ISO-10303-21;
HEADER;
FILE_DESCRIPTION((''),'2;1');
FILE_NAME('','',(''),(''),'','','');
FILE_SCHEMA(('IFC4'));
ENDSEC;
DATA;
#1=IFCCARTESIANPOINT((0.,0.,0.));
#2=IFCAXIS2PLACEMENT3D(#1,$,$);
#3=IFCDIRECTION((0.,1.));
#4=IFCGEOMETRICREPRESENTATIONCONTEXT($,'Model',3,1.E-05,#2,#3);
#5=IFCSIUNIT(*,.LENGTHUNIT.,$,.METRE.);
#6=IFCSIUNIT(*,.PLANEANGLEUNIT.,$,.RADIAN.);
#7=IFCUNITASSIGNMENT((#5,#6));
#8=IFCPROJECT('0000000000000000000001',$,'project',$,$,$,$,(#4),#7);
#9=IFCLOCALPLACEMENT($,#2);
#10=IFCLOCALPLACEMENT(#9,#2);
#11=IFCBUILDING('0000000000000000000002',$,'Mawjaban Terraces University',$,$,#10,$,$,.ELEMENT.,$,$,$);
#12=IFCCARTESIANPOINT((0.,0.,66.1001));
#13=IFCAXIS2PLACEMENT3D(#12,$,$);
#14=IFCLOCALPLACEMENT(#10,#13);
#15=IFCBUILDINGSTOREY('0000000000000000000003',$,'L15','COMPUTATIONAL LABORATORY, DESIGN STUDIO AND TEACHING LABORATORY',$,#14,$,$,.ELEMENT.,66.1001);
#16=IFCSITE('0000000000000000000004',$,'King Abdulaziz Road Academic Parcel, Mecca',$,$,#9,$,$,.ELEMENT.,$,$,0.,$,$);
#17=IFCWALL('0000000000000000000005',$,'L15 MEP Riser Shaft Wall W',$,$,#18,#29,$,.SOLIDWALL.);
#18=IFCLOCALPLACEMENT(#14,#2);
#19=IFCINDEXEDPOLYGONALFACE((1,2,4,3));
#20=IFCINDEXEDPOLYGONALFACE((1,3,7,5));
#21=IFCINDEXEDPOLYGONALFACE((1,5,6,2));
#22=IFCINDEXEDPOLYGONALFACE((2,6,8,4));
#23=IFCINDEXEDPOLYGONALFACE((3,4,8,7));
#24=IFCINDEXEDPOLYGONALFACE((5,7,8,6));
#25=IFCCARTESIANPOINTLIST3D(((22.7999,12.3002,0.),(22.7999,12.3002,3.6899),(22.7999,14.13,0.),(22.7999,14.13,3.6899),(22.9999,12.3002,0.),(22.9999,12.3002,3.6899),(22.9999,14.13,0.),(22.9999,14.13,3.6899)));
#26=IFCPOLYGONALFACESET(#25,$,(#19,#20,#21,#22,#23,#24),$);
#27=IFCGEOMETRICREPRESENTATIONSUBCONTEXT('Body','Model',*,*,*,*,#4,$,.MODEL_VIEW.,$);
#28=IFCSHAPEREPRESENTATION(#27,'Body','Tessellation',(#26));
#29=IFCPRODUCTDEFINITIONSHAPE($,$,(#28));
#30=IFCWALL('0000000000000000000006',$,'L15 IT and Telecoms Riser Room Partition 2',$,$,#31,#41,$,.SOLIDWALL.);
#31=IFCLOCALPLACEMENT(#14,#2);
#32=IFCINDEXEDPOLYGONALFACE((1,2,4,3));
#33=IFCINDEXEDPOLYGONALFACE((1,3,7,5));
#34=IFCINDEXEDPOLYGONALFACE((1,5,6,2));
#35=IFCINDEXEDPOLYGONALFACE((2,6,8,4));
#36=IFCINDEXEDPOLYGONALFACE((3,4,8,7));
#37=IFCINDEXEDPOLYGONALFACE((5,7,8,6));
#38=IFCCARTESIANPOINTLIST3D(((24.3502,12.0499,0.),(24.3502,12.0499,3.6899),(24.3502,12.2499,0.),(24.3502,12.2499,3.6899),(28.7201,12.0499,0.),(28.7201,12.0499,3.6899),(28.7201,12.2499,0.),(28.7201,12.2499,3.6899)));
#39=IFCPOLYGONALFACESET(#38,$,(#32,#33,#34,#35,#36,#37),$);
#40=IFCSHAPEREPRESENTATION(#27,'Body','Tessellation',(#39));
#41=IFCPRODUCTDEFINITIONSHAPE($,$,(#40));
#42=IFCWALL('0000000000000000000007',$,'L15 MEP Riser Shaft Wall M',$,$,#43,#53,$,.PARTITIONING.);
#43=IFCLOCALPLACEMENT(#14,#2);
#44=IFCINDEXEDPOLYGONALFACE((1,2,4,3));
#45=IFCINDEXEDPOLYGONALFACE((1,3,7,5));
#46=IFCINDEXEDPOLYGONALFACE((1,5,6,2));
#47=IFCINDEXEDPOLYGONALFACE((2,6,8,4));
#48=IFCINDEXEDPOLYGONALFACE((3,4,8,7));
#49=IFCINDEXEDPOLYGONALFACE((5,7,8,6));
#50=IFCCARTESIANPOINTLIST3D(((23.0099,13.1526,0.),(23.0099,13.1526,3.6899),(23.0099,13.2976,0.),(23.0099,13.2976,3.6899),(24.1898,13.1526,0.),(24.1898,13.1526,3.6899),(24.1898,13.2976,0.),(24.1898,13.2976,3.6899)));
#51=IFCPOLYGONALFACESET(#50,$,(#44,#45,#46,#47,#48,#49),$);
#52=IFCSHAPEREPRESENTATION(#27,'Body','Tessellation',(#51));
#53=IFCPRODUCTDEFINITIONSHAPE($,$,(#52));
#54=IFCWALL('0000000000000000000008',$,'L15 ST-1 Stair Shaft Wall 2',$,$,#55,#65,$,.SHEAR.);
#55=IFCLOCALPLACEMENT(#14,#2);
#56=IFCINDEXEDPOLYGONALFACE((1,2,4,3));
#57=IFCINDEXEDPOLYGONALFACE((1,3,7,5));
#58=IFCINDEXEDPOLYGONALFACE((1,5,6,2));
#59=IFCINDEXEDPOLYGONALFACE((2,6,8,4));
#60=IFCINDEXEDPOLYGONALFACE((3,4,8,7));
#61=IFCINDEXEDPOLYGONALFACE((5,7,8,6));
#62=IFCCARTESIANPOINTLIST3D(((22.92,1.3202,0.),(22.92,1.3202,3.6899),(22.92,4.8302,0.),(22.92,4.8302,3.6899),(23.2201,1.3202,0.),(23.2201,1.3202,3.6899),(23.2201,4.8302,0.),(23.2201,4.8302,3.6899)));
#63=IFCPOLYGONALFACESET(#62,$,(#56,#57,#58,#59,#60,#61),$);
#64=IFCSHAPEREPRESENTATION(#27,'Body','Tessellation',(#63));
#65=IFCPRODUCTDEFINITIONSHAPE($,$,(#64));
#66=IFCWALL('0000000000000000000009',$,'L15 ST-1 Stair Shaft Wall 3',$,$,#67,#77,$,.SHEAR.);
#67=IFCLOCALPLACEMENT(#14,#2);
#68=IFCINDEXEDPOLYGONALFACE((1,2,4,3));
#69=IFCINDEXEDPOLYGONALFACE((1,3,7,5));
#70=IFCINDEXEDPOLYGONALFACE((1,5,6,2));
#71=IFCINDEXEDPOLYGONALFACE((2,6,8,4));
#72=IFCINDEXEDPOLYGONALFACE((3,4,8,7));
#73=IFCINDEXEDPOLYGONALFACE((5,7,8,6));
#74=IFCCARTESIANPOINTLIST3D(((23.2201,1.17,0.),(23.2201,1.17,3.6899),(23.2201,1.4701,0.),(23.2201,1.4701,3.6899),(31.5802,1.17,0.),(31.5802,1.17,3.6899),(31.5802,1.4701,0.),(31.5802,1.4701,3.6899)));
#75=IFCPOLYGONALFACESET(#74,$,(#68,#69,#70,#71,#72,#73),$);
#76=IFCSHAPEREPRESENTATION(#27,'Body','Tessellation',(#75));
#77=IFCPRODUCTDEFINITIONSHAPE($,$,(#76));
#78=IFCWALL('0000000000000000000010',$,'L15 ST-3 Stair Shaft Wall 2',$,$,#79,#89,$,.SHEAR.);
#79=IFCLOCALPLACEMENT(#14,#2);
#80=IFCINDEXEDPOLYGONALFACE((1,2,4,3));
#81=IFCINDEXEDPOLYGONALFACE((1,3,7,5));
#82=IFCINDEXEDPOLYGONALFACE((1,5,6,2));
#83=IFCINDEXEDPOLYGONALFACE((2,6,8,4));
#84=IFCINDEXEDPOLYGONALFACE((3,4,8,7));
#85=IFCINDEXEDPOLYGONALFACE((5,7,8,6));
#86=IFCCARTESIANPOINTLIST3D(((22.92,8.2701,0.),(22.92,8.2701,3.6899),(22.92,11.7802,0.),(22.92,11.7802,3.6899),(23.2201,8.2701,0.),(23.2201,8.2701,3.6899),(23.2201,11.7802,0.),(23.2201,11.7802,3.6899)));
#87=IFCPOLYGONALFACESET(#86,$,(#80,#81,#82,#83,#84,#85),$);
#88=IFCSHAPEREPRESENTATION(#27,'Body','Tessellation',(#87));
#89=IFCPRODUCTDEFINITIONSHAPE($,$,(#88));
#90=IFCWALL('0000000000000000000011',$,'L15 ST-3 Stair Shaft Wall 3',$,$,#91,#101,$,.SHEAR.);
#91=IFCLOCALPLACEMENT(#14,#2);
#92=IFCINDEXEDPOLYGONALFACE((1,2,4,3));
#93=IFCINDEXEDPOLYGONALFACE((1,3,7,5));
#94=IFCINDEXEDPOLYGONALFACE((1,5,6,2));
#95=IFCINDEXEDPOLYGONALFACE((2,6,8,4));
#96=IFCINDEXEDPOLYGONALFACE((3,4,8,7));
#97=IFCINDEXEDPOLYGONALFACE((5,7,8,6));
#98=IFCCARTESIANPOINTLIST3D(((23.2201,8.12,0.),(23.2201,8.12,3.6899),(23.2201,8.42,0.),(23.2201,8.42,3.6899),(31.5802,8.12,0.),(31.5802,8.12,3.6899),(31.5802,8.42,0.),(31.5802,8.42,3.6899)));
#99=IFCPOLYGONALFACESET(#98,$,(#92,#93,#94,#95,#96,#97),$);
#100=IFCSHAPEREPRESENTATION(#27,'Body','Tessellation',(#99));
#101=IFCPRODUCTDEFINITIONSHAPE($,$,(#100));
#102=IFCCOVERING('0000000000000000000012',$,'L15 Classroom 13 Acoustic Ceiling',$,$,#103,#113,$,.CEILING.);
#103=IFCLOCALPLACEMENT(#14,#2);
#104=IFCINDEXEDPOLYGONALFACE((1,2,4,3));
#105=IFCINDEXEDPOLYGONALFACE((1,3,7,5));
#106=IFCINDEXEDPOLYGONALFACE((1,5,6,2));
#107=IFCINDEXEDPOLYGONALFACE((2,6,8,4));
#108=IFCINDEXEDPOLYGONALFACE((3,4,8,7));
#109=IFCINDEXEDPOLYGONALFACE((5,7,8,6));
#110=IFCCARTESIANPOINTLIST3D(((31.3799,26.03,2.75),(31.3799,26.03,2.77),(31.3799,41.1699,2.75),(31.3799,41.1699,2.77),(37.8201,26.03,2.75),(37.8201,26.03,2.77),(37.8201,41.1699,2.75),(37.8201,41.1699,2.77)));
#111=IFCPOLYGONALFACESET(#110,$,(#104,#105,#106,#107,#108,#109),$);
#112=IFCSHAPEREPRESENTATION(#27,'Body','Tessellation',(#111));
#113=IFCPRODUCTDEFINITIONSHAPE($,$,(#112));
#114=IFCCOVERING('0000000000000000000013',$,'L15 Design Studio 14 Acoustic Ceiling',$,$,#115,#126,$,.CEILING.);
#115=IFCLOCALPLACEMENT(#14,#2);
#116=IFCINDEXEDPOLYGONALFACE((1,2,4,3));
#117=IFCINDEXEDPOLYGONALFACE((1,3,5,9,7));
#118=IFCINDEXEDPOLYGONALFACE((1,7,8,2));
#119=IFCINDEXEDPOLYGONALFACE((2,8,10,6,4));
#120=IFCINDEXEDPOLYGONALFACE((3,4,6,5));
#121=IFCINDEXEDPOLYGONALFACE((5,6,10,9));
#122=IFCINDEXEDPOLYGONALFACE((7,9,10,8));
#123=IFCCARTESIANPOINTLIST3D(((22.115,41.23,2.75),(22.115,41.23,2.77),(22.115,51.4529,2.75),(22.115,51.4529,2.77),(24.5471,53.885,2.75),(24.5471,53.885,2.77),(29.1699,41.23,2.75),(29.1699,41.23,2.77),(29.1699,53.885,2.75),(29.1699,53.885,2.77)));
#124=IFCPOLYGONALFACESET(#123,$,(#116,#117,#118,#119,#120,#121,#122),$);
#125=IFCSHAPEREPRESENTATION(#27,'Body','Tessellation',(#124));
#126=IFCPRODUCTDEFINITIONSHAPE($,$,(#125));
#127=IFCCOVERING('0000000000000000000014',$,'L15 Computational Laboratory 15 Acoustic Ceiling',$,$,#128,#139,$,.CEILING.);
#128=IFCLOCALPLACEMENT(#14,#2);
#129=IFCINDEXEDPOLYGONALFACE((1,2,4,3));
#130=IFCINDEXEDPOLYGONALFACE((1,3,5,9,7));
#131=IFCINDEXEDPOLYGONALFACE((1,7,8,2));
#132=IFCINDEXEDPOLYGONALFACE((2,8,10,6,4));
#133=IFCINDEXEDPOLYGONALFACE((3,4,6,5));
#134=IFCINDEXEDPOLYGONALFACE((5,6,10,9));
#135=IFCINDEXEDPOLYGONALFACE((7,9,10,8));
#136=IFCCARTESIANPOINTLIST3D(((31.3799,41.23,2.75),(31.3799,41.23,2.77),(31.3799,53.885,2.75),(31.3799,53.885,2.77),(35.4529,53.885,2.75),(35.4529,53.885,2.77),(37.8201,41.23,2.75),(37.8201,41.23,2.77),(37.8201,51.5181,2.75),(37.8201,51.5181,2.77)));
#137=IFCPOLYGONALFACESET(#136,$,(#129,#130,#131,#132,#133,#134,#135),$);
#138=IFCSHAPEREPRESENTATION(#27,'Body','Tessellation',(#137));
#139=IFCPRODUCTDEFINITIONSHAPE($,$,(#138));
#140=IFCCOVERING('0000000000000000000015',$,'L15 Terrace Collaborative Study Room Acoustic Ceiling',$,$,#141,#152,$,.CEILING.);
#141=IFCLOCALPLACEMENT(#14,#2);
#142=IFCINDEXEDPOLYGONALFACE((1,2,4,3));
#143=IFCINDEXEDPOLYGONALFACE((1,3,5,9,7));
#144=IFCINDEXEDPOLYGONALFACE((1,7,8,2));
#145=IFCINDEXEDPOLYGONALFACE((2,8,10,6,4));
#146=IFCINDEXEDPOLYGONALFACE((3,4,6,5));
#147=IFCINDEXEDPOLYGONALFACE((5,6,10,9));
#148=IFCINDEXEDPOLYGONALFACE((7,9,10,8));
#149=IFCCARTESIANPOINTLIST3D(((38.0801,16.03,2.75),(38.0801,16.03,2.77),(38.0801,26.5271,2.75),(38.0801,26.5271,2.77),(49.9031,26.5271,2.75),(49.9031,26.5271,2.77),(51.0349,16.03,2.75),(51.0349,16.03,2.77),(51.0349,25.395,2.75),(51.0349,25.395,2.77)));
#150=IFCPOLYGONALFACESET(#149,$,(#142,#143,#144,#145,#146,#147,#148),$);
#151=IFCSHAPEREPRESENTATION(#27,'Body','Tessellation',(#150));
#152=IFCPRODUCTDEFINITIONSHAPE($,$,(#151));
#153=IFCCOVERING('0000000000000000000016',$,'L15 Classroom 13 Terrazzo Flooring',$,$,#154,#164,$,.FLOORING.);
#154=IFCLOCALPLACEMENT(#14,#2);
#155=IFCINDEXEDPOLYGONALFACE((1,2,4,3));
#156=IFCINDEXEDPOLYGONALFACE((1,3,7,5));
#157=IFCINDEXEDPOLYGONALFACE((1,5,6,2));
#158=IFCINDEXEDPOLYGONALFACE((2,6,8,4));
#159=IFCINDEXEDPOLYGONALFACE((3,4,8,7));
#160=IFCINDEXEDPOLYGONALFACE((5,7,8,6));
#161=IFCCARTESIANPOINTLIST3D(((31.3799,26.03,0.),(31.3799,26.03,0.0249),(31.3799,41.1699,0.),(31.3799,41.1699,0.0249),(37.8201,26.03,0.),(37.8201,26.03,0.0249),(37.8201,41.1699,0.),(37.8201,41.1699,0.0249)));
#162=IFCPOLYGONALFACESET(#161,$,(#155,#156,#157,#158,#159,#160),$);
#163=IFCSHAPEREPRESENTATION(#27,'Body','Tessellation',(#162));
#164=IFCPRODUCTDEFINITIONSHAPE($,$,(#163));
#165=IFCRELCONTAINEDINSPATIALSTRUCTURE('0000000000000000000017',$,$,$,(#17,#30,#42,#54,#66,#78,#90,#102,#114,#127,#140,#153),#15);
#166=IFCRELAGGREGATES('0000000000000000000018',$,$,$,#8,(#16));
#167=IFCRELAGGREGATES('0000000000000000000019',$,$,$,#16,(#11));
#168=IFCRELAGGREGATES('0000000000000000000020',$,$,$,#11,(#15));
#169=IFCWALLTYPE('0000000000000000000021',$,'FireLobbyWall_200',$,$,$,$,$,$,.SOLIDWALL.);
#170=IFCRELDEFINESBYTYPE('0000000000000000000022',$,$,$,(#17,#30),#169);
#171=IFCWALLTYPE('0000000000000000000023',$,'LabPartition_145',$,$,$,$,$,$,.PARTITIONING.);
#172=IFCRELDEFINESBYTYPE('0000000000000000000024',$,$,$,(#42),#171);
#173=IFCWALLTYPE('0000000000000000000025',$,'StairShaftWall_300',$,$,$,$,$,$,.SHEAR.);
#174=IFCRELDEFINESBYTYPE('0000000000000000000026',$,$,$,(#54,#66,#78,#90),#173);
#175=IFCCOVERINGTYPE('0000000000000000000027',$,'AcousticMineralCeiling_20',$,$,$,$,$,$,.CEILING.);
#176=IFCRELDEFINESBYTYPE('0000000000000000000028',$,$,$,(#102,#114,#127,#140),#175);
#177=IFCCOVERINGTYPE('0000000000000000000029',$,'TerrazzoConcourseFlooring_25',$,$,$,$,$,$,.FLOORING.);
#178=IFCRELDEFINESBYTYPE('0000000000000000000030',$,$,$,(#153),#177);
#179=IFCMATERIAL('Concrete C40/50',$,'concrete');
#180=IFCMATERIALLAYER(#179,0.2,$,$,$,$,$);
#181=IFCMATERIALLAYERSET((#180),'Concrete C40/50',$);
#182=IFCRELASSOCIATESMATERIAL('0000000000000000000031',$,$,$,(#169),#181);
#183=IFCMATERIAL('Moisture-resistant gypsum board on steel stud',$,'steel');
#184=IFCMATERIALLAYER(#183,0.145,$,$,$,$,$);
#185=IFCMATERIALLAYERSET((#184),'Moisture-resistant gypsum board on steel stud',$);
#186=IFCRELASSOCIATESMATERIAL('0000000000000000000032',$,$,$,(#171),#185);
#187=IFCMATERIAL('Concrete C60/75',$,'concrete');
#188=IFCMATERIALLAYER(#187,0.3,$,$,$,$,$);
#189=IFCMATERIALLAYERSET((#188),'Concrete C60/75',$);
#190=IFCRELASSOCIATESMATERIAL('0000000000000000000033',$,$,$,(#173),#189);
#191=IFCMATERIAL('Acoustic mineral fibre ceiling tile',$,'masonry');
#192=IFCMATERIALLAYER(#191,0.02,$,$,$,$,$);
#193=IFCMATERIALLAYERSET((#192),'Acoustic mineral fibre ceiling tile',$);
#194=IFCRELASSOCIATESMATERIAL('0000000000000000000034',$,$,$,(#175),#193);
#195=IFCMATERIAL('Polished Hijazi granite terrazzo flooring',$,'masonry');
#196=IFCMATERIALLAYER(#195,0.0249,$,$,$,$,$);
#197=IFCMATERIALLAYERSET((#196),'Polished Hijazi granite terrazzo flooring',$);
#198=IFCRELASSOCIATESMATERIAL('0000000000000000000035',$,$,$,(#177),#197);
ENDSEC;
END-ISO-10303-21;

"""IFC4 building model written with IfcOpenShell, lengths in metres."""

from ifc_helpers import new_model, si_unit, direction, frame, frame_2d, origin, place, context, subcontext, project, spatial, polyline, rectangle, outline, extrude, material, layer, layer_set, type_object, element, save


model = new_model("IFC4")

# Units and contexts
model_context = context("Model", 3, precision=1e-05, world=origin(), true_north=direction((0.0, 1.0)))
body_context = subcontext(model_context, "Body", "Model", "MODEL_VIEW")
ifc_project = project(units=[si_unit("LENGTHUNIT", "METRE"), si_unit("PLANEANGLEUNIT", "RADIAN")], contexts=[model_context])

# Site, building, storey
site_placement = place(None, origin())
site = spatial("IfcSite", under=ifc_project, at=site_placement, Name="King Abdulaziz Road Academic Parcel, Mecca", CompositionType="ELEMENT", RefElevation=0.0)
building_placement = place(site_placement, origin())
building = spatial("IfcBuilding", under=site, at=building_placement, Name="Mawjaban Terraces University", CompositionType="ELEMENT")
storey_placement = place(building_placement, frame((0.0, 0.0, 66.1001)))
storey = spatial("IfcBuildingStorey", under=building, at=storey_placement, Name="L15", Description="COMPUTATIONAL LABORATORY, DESIGN STUDIO AND TEACHING LABORATORY", CompositionType="ELEMENT", Elevation=66.1001)

# Walls
ifc_material_1 = material(Name="Concrete C40/50", Category="concrete")
ifc_layer_1 = layer(ifc_material_1, 0.2)
ifc_layer_set_1 = layer_set([ifc_layer_1], Name="Concrete C40/50")
wall_type_1 = type_object("IfcWallType", Name="FireLobbyWall_200", PredefinedType="SOLIDWALL", material=ifc_layer_set_1)
for number, where, z_axis, x_axis, name in (
    (1, (22.8999, 12.3, 0.0), (0.0, 0.0, 1.0), (0.0, 1.0, 0.0), "L15 MEP Riser Shaft Wall W"),
):
    element("IfcWall", number, at=place(storey_placement, frame(where, z_axis=z_axis, x_axis=x_axis)), inside=storey, type_object=wall_type_1, Name=name, PredefinedType="SOLIDWALL", context=body_context, shape_type="SweptSolid", body=[
        extrude(rectangle(XDim=1.8298, YDim=0.2, at=frame_2d((0.915, 0.0))), origin(), (0.0, 0.0, 1.0), 3.6899),
    ])
wall_1_placement = place(storey_placement, frame((24.3501, 12.1499, 0.0), z_axis=(0.0, 0.0, 1.0), x_axis=(1.0, 0.0, 0.0)))
element("IfcWall", 2, at=wall_1_placement, inside=storey, type_object=wall_type_1, Name="L15 IT and Telecoms Riser Room Partition 2", PredefinedType="SOLIDWALL", context=body_context, shape_type="SweptSolid", body=[
    extrude(rectangle(XDim=4.3699, YDim=0.2, at=frame_2d((2.1851, 0.0))), origin(), (0.0, 0.0, 1.0), 3.6899),
])
ifc_material_2 = material(Name="Moisture-resistant gypsum board on steel stud", Category="steel")
ifc_layer_2 = layer(ifc_material_2, 0.145)
ifc_layer_set_2 = layer_set([ifc_layer_2], Name="Moisture-resistant gypsum board on steel stud")
wall_type_2 = type_object("IfcWallType", Name="LabPartition_145", PredefinedType="PARTITIONING", material=ifc_layer_set_2)
wall_2_placement = place(storey_placement, frame((23.01, 13.2251, 0.0), z_axis=(0.0, 0.0, 1.0), x_axis=(1.0, 0.0, 0.0)))
element("IfcWall", 3, at=wall_2_placement, inside=storey, type_object=wall_type_2, Name="L15 MEP Riser Shaft Wall M", PredefinedType="PARTITIONING", context=body_context, shape_type="SweptSolid", body=[
    extrude(rectangle(XDim=1.1799, YDim=0.145, at=frame_2d((0.5898, 0.0))), origin(), (0.0, 0.0, 1.0), 3.6899),
])
ifc_material_3 = material(Name="Concrete C60/75", Category="concrete")
ifc_layer_3 = layer(ifc_material_3, 0.3)
ifc_layer_set_3 = layer_set([ifc_layer_3], Name="Concrete C60/75")
wall_type_3 = type_object("IfcWallType", Name="StairShaftWall_300", PredefinedType="SHEAR", material=ifc_layer_set_3)
wall_3_placement = place(storey_placement, frame((23.0701, 4.8301, 0.0), z_axis=(0.0, 0.0, 1.0), x_axis=(0.0, -1.0, 0.0)))
element("IfcWall", 4, at=wall_3_placement, inside=storey, type_object=wall_type_3, Name="L15 ST-1 Stair Shaft Wall 2", PredefinedType="SHEAR", context=body_context, shape_type="SweptSolid", body=[
    extrude(rectangle(XDim=3.51, YDim=0.3, at=frame_2d((1.7549, 0.0))), origin(), (0.0, 0.0, 1.0), 3.6899),
])
wall_4_placement = place(storey_placement, frame((23.22, 1.3201, 0.0), z_axis=(0.0, 0.0, 1.0), x_axis=(1.0, 0.0, 0.0)))
element("IfcWall", 5, at=wall_4_placement, inside=storey, type_object=wall_type_3, Name="L15 ST-1 Stair Shaft Wall 3", PredefinedType="SHEAR", context=body_context, shape_type="SweptSolid", body=[
    extrude(rectangle(XDim=8.3601, YDim=0.3, at=frame_2d((4.1802, 0.0))), origin(), (0.0, 0.0, 1.0), 3.6899),
])
wall_5_placement = place(storey_placement, frame((23.0701, 11.78, 0.0), z_axis=(0.0, 0.0, 1.0), x_axis=(0.0, -1.0, 0.0)))
element("IfcWall", 6, at=wall_5_placement, inside=storey, type_object=wall_type_3, Name="L15 ST-3 Stair Shaft Wall 2", PredefinedType="SHEAR", context=body_context, shape_type="SweptSolid", body=[
    extrude(rectangle(XDim=3.51, YDim=0.3, at=frame_2d((1.7549, 0.0))), origin(), (0.0, 0.0, 1.0), 3.6899),
])
wall_6_placement = place(storey_placement, frame((23.22, 8.27, 0.0), z_axis=(0.0, 0.0, 1.0), x_axis=(1.0, 0.0, 0.0)))
element("IfcWall", 7, at=wall_6_placement, inside=storey, type_object=wall_type_3, Name="L15 ST-3 Stair Shaft Wall 3", PredefinedType="SHEAR", context=body_context, shape_type="SweptSolid", body=[
    extrude(rectangle(XDim=8.3601, YDim=0.3, at=frame_2d((4.1802, 0.0))), origin(), (0.0, 0.0, 1.0), 3.6899),
])

# Coverings
ifc_material_4 = material(Name="Acoustic mineral fibre ceiling tile", Category="masonry")
ifc_layer_4 = layer(ifc_material_4, 0.02)
ifc_layer_set_4 = layer_set([ifc_layer_4], Name="Acoustic mineral fibre ceiling tile")
covering_type_1 = type_object("IfcCoveringType", Name="AcousticMineralCeiling_20", PredefinedType="CEILING", material=ifc_layer_set_4)
covering_1_placement = place(storey_placement, frame((0.0, 0.0, 2.75)))
element("IfcCovering", 8, at=covering_1_placement, inside=storey, type_object=covering_type_1, Name="L15 Classroom 13 Acoustic Ceiling", PredefinedType="CEILING", context=body_context, shape_type="SweptSolid", body=[
    extrude(outline(polyline([(37.8201, 26.03), (37.8201, 41.1699), (31.3799, 41.1699), (31.3799, 26.03), (37.8201, 26.03)])), origin(), (0.0, 0.0, 1.0), 0.02),
])
covering_2_placement = place(storey_placement, frame((0.0, 0.0, 2.75)))
element("IfcCovering", 9, at=covering_2_placement, inside=storey, type_object=covering_type_1, Name="L15 Design Studio 14 Acoustic Ceiling", PredefinedType="CEILING", context=body_context, shape_type="SweptSolid", body=[
    extrude(outline(polyline([(29.1699, 53.885), (24.5471, 53.885), (22.115, 51.4529), (22.115, 41.23), (29.1699, 41.23), (29.1699, 53.885)])), origin(), (0.0, 0.0, 1.0), 0.02),
])
covering_3_placement = place(storey_placement, frame((0.0, 0.0, 2.75)))
element("IfcCovering", 10, at=covering_3_placement, inside=storey, type_object=covering_type_1, Name="L15 Computational Laboratory 15 Acoustic Ceiling", PredefinedType="CEILING", context=body_context, shape_type="SweptSolid", body=[
    extrude(outline(polyline([(37.8201, 51.5181), (35.4529, 53.885), (31.3799, 53.885), (31.3799, 41.23), (37.8201, 41.23), (37.8201, 51.5181)])), origin(), (0.0, 0.0, 1.0), 0.02),
])
covering_4_placement = place(storey_placement, frame((0.0, 0.0, 2.75)))
element("IfcCovering", 11, at=covering_4_placement, inside=storey, type_object=covering_type_1, Name="L15 Terrace Collaborative Study Room Acoustic Ceiling", PredefinedType="CEILING", context=body_context, shape_type="SweptSolid", body=[
    extrude(outline(polyline([(51.0349, 16.03), (51.0349, 25.395), (49.9031, 26.5271), (38.0801, 26.5271), (38.0801, 16.03), (51.0349, 16.03)])), origin(), (0.0, 0.0, 1.0), 0.02),
])
ifc_material_5 = material(Name="Polished Hijazi granite terrazzo flooring", Category="masonry")
ifc_layer_5 = layer(ifc_material_5, 0.0249)
ifc_layer_set_5 = layer_set([ifc_layer_5], Name="Polished Hijazi granite terrazzo flooring")
covering_type_2 = type_object("IfcCoveringType", Name="TerrazzoConcourseFlooring_25", PredefinedType="FLOORING", material=ifc_layer_set_5)
covering_5_placement = place(storey_placement, origin())
element("IfcCovering", 12, at=covering_5_placement, inside=storey, type_object=covering_type_2, Name="L15 Classroom 13 Terrazzo Flooring", PredefinedType="FLOORING", context=body_context, shape_type="SweptSolid", body=[
    extrude(outline(polyline([(37.8201, 26.03), (37.8201, 41.1699), (31.3799, 41.1699), (31.3799, 26.03), (37.8201, 26.03)])), origin(), (0.0, 0.0, 1.0), 0.0249),
])

save(model, "model.ifc")
